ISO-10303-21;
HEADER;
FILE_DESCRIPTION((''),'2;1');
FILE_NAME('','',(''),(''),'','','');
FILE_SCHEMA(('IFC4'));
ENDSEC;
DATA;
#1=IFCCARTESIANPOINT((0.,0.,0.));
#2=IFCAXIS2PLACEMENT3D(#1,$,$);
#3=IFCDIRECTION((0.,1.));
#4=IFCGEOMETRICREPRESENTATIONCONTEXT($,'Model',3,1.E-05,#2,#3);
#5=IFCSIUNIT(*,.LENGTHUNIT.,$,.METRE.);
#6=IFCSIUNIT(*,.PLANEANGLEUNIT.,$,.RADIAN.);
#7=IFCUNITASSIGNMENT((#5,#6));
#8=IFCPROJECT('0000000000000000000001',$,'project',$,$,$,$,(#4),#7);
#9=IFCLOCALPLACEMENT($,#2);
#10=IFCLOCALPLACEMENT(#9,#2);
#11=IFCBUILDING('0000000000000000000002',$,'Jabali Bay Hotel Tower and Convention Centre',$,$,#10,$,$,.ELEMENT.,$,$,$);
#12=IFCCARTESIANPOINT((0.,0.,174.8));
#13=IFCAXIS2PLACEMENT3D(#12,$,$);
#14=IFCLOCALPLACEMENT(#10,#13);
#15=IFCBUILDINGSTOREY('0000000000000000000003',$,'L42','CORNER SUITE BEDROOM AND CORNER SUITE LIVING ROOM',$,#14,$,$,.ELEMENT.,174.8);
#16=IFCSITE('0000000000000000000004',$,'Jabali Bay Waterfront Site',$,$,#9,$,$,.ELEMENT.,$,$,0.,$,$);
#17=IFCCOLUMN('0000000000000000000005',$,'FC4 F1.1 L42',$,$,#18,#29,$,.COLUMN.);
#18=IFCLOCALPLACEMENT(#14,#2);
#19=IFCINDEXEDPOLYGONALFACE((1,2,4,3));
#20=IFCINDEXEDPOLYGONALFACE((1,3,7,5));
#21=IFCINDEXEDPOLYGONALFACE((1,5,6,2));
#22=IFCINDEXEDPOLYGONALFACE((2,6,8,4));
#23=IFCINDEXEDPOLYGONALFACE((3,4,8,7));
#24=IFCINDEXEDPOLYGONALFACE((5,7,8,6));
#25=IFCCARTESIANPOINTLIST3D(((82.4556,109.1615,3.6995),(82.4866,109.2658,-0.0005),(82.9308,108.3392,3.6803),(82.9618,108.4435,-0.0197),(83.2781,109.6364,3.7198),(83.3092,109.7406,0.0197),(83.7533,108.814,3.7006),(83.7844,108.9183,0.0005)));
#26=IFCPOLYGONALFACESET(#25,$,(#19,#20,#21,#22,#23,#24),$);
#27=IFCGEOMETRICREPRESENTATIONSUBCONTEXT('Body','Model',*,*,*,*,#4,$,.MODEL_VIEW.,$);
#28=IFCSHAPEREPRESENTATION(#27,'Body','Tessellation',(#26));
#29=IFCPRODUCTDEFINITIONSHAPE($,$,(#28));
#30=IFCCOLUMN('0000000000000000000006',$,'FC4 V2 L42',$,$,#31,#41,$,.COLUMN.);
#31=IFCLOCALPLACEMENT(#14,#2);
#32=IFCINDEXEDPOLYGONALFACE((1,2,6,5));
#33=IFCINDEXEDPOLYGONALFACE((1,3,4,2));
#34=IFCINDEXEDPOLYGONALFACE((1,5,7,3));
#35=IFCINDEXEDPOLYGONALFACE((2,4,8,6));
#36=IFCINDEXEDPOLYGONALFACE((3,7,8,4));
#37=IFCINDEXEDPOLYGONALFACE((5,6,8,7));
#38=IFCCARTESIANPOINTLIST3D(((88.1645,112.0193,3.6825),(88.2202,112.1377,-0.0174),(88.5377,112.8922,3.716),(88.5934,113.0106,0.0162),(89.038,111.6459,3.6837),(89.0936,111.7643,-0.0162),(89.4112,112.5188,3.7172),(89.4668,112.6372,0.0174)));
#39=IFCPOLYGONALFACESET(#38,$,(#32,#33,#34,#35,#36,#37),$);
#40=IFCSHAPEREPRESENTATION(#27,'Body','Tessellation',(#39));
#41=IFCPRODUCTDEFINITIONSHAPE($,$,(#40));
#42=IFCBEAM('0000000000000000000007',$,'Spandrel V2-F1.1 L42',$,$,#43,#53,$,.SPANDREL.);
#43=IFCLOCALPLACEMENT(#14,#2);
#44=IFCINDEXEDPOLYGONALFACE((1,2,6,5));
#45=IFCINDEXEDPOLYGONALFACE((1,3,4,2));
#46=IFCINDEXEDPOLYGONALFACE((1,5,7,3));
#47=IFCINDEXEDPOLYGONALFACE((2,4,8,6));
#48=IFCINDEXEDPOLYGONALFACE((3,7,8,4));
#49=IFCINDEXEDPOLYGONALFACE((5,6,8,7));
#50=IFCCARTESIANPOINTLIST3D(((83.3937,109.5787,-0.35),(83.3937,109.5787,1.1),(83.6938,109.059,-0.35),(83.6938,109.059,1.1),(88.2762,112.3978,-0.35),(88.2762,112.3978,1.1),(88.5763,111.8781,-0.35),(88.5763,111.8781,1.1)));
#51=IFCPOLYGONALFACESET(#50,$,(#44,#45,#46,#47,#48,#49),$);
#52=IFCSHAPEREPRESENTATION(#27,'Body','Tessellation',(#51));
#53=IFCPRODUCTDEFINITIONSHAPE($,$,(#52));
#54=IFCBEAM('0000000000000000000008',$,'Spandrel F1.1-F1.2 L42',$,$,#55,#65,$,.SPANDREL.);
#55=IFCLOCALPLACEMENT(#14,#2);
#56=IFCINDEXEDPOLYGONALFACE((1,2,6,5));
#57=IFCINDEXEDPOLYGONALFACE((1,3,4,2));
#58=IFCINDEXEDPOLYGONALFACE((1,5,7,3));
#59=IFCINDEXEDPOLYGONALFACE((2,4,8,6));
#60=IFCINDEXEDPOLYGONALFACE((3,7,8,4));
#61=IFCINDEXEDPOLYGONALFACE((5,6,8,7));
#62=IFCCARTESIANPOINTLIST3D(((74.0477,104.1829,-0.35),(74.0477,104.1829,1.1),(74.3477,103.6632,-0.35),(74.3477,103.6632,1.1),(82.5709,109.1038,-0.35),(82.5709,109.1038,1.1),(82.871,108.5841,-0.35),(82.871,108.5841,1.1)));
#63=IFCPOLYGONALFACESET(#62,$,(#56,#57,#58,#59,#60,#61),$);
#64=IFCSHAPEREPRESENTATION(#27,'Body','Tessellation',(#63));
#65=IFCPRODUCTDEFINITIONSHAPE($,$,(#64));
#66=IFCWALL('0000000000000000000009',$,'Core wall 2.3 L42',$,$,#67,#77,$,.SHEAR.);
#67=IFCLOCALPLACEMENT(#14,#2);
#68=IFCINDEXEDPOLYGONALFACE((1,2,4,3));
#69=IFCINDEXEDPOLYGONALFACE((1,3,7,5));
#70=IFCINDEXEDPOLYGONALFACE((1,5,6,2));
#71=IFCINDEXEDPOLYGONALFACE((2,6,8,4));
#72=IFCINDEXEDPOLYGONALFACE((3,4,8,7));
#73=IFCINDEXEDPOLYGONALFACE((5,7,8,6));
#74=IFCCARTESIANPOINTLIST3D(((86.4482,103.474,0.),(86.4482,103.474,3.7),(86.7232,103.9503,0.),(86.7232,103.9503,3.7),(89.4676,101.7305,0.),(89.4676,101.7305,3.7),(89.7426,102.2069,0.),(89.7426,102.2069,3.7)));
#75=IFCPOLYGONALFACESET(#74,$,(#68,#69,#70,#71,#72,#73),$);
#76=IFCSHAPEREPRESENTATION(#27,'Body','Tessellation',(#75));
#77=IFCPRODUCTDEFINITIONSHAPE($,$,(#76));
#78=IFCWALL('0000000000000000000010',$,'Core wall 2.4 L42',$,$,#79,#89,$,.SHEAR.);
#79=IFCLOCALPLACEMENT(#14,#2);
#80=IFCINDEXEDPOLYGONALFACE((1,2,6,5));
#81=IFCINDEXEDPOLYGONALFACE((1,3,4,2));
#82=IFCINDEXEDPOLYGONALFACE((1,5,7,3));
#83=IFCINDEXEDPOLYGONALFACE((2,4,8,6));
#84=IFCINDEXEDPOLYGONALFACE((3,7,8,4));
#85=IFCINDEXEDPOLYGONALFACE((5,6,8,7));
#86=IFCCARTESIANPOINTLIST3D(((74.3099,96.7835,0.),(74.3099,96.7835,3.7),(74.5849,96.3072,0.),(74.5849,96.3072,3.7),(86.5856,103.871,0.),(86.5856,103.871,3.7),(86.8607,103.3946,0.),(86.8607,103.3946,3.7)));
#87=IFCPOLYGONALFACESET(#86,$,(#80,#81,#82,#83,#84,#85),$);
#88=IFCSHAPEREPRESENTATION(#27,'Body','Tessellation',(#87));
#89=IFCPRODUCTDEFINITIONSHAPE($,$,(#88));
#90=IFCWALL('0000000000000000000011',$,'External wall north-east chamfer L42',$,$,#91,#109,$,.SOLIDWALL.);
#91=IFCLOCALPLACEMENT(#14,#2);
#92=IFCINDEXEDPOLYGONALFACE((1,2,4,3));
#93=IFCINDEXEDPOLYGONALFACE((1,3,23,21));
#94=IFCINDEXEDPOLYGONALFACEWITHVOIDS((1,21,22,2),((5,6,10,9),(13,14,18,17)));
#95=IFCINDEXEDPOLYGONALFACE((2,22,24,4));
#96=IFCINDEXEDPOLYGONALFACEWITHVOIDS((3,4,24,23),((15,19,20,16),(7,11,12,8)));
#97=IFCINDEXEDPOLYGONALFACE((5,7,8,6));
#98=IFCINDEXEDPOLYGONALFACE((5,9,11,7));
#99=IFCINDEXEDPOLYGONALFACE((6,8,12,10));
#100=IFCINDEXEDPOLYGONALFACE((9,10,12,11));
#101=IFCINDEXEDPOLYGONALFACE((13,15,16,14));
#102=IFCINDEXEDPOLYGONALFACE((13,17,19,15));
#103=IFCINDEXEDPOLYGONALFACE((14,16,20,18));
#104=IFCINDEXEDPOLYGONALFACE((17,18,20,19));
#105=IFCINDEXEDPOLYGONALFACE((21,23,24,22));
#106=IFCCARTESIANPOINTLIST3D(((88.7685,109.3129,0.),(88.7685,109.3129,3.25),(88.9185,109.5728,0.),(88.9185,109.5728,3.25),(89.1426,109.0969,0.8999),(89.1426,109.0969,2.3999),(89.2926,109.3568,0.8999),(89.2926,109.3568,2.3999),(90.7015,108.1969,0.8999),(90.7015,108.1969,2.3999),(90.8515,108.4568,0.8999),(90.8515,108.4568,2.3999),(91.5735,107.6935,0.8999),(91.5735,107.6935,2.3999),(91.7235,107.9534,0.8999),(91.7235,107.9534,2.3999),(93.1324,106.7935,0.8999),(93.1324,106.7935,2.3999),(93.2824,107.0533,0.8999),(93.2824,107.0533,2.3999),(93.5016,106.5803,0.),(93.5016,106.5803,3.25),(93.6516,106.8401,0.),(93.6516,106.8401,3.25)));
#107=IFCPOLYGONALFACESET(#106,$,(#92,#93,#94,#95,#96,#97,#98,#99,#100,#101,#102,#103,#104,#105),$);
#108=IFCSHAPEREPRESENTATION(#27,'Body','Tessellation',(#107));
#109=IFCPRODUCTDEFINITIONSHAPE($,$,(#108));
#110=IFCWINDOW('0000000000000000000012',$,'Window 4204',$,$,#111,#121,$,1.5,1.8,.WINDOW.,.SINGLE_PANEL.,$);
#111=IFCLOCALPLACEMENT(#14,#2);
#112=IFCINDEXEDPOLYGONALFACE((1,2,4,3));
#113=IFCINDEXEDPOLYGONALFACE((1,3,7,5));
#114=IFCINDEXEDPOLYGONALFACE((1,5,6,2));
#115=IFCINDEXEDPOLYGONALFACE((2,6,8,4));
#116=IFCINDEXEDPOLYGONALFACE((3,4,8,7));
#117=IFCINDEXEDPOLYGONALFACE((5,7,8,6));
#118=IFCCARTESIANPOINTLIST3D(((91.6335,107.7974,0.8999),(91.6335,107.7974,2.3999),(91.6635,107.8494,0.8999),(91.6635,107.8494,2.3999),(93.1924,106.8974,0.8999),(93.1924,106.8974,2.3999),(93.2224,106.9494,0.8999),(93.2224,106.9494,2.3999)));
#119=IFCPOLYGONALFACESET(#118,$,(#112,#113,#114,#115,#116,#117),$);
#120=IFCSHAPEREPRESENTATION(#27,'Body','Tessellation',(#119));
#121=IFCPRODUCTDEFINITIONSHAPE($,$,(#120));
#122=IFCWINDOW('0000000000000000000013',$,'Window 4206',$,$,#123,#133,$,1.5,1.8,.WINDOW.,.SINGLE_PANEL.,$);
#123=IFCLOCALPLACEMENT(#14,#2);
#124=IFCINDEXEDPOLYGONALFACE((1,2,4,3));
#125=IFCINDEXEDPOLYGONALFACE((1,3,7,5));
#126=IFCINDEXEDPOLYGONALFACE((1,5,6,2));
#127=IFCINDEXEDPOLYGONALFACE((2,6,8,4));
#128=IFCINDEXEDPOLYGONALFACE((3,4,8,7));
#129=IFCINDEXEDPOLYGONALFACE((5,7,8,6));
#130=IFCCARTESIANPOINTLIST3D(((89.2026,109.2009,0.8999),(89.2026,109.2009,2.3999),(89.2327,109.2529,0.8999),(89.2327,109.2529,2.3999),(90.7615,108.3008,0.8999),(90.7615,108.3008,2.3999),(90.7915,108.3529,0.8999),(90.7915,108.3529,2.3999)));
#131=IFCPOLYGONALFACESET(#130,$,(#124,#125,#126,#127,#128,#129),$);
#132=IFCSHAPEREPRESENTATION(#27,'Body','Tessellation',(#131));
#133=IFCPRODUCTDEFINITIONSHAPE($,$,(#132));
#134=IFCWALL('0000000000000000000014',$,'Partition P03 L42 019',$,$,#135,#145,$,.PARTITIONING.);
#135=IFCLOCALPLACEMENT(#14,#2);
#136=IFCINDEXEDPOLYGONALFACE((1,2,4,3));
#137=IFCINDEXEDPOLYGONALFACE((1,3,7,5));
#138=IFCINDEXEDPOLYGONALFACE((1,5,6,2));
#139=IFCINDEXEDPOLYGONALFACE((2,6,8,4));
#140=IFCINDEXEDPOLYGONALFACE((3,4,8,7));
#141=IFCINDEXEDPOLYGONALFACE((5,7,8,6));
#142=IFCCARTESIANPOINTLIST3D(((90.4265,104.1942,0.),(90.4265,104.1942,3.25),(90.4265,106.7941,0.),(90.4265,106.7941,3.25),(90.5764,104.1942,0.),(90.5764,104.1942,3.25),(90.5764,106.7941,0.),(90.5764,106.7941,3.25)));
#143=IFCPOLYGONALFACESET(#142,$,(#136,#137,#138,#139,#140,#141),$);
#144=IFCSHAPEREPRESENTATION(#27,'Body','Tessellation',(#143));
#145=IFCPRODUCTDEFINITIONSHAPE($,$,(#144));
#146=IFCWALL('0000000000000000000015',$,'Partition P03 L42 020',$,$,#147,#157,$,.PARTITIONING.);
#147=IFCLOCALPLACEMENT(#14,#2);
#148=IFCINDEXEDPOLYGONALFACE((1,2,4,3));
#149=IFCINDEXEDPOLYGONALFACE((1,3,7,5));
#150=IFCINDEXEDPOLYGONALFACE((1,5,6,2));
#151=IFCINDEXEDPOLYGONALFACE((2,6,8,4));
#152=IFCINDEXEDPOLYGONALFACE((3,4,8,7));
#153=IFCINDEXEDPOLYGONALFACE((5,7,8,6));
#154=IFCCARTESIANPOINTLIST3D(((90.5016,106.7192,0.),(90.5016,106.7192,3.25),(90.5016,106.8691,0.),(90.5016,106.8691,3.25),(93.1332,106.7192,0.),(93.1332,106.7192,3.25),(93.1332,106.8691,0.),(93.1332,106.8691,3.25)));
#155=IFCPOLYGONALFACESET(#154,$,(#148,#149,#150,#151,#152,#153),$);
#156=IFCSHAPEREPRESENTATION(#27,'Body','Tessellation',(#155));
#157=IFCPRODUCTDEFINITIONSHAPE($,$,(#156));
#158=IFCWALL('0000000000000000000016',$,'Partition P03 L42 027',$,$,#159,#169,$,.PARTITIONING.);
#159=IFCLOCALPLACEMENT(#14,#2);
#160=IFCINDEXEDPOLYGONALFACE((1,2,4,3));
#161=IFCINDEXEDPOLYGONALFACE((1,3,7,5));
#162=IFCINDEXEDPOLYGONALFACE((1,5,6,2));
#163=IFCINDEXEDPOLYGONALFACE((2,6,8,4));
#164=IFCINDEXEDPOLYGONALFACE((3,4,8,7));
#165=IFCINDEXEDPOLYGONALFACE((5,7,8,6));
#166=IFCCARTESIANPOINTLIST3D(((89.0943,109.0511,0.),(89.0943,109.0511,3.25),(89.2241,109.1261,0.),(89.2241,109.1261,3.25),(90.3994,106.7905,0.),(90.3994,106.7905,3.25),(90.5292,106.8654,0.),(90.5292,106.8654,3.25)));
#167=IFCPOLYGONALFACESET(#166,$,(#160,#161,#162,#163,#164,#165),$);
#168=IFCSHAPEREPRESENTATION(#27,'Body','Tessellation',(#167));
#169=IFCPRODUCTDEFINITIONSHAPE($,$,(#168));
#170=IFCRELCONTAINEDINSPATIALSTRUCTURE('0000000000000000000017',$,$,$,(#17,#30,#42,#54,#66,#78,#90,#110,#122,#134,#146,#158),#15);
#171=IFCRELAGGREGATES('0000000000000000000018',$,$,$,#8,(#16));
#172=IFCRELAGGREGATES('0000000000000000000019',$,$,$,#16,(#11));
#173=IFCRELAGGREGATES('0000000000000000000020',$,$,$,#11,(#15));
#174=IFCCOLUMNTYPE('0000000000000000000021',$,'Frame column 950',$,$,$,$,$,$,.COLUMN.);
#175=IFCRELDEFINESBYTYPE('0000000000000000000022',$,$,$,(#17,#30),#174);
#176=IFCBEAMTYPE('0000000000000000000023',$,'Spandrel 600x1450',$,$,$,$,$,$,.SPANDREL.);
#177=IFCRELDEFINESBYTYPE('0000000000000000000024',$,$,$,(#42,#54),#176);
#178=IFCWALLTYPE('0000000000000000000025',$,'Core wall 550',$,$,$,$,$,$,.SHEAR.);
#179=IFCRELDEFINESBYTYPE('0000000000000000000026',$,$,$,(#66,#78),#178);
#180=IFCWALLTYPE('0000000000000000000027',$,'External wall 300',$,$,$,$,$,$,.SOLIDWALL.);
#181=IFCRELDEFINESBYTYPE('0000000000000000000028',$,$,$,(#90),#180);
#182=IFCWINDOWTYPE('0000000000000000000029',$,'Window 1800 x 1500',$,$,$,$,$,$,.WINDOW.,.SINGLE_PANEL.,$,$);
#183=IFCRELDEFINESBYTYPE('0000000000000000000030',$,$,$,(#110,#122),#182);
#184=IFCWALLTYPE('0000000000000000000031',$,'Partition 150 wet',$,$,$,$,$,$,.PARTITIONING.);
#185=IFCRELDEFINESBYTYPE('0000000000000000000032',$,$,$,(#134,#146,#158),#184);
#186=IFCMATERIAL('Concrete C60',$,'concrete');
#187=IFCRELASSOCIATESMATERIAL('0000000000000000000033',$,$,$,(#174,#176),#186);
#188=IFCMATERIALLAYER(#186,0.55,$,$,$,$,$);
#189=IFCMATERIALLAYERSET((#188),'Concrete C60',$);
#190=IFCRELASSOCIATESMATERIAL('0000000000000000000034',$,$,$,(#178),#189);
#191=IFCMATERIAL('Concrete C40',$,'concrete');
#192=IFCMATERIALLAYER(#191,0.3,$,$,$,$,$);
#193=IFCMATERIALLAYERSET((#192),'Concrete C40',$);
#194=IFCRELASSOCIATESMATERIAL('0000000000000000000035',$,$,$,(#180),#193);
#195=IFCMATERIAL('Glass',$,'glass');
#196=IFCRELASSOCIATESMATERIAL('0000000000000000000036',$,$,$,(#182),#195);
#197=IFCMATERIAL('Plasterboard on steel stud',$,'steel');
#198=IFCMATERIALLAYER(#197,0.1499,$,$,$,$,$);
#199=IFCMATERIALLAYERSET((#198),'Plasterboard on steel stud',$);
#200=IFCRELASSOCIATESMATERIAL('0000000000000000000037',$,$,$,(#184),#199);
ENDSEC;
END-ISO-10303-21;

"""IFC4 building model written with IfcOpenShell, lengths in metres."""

from ifc_helpers import new_model, si_unit, direction, frame, frame_2d, origin, origin_2d, place, context, subcontext, project, spatial, rectangle, extrude, material, layer, layer_set, material_profile, profile_set, type_object, element, fill, save


model = new_model("IFC4")

# Units and contexts
model_context = context("Model", 3, precision=1e-05, world=origin(), true_north=direction((0.0, 1.0)))
body_context = subcontext(model_context, "Body", "Model", "MODEL_VIEW")
ifc_project = project(units=[si_unit("LENGTHUNIT", "METRE"), si_unit("PLANEANGLEUNIT", "RADIAN")], contexts=[model_context])

# Site, building, storey
site_placement = place(None, origin())
site = spatial("IfcSite", under=ifc_project, at=site_placement, Name="Jabali Bay Waterfront Site", CompositionType="ELEMENT", RefElevation=0.0)
building_placement = place(site_placement, origin())
building = spatial("IfcBuilding", under=site, at=building_placement, Name="Jabali Bay Hotel Tower and Convention Centre", CompositionType="ELEMENT")
storey_placement = place(building_placement, frame((0.0, 0.0, 174.8)))
storey = spatial("IfcBuildingStorey", under=building, at=storey_placement, Name="L42", Description="CORNER SUITE BEDROOM AND CORNER SUITE LIVING ROOM", CompositionType="ELEMENT", Elevation=174.8)

# Columns
ifc_material_1 = material(Name="Concrete C60", Category="concrete")
ifc_material_profile_1 = material_profile(ifc_material_1, rectangle(XDim=0.95, YDim=0.95, at=origin_2d()), Name="Frame column 950")
ifc_profile_set_1 = profile_set([ifc_material_profile_1], Name="Concrete C60")
column_type = type_object("IfcColumnType", Name="Frame column 950", PredefinedType="COLUMN", material=ifc_profile_set_1)
column_1_placement = place(storey_placement, frame((83.1355, 109.092, 0.0), z_axis=(-0.008376, -0.028163, 0.999568), x_axis=(0.865849, 0.49985, 0.021339)))
element("IfcColumn", 1, at=column_1_placement, inside=storey, type_object=column_type, Name="FC4 F1.1 L42", PredefinedType="COLUMN", context=body_context, shape_type="SweptSolid", body=[
    extrude(rectangle(XDim=0.95, YDim=0.95, at=origin_2d()), origin(), (0.0, 0.0, 1.0), 3.7017),
])
column_2_placement = place(storey_placement, frame((88.8435, 112.3875, 0.0), z_axis=(-0.015035, -0.031983, 0.999375), x_axis=(0.919484, -0.393125, 0.001252)))
element("IfcColumn", 2, at=column_2_placement, inside=storey, type_object=column_type, Name="FC4 V2 L42", PredefinedType="COLUMN", context=body_context, shape_type="SweptSolid", body=[
    extrude(rectangle(XDim=0.95, YDim=0.95, at=origin_2d()), origin(), (0.0, 0.0, 1.0), 3.7021),
])

# Beams
ifc_material_profile_2 = material_profile(ifc_material_1, rectangle(XDim=0.6001, YDim=1.45, at=origin_2d()), Name="Spandrel 600x1450")
ifc_profile_set_2 = profile_set([ifc_material_profile_2], Name="Concrete C60")
beam_type = type_object("IfcBeamType", Name="Spandrel 600x1450", PredefinedType="SPANDREL", material=ifc_profile_set_2)
beam_1_placement = place(storey_placement, frame((88.4263, 112.1379, 0.375), z_axis=(-0.866015, -0.500019, 0.0), x_axis=(0.500019, -0.866015, 0.0)))
element("IfcBeam", 3, at=beam_1_placement, inside=storey, type_object=beam_type, Name="Spandrel V2-F1.1 L42", PredefinedType="SPANDREL", context=body_context, shape_type="SweptSolid", body=[
    extrude(rectangle(XDim=0.6001, YDim=1.45, at=origin_2d()), origin(), (0.0, 0.0, 1.0), 5.6379),
])
beam_2_placement = place(storey_placement, frame((82.7209, 108.844, 0.375), z_axis=(-0.866024, -0.500002, 0.0), x_axis=(0.500002, -0.866024, 0.0)))
element("IfcBeam", 4, at=beam_2_placement, inside=storey, type_object=beam_type, Name="Spandrel F1.1-F1.2 L42", PredefinedType="SPANDREL", context=body_context, shape_type="SweptSolid", body=[
    extrude(rectangle(XDim=0.6001, YDim=1.45, at=origin_2d()), origin(), (0.0, 0.0, 1.0), 9.8418),
])

# Walls
ifc_layer_1 = layer(ifc_material_1, 0.55)
ifc_layer_set_1 = layer_set([ifc_layer_1], Name="Concrete C60")
wall_type_1 = type_object("IfcWallType", Name="Core wall 550", PredefinedType="SHEAR", material=ifc_layer_set_1)
wall_1_placement = place(storey_placement, frame((89.605, 101.9688, 0.0), z_axis=(0.0, 0.0, 1.0), x_axis=(-0.865998, 0.500048, 0.0)))
element("IfcWall", 5, at=wall_1_placement, inside=storey, type_object=wall_type_1, Name="Core wall 2.3 L42", PredefinedType="SHEAR", context=body_context, shape_type="SweptSolid", body=[
    extrude(rectangle(XDim=3.4866, YDim=0.55, at=frame_2d((1.7432, 0.0))), origin(), (0.0, 0.0, 1.0), 3.7),
])
wall_2_placement = place(storey_placement, frame((86.7231, 103.6328, 0.0), z_axis=(0.0, 0.0, 1.0), x_axis=(-0.866024, -0.500003, 0.0)))
element("IfcWall", 6, at=wall_2_placement, inside=storey, type_object=wall_type_1, Name="Core wall 2.4 L42", PredefinedType="SHEAR", context=body_context, shape_type="SweptSolid", body=[
    extrude(rectangle(XDim=14.1748, YDim=0.55, at=frame_2d((7.0874, 0.0))), origin(), (0.0, 0.0, 1.0), 3.7),
])

# Wall, openings, windows
ifc_material_2 = material(Name="Concrete C40", Category="concrete")
ifc_layer_2 = layer(ifc_material_2, 0.3)
ifc_layer_set_2 = layer_set([ifc_layer_2], Name="Concrete C40")
wall_type_2 = type_object("IfcWallType", Name="External wall 300", PredefinedType="SOLIDWALL", material=ifc_layer_set_2)
wall_3_placement = place(storey_placement, frame((88.8435, 109.4429, 0.0), z_axis=(0.0, 0.0, 1.0), x_axis=(0.866027, -0.499997, 0.0)))
wall_3 = element("IfcWall", 7, at=wall_3_placement, inside=storey, type_object=wall_type_2, Name="External wall north-east chamfer L42", PredefinedType="SOLIDWALL", context=body_context, shape_type="SweptSolid", body=[
    extrude(rectangle(XDim=5.4653, YDim=0.3, at=frame_2d((2.7327, 0.0))), origin(), (0.0, 0.0, 1.0), 3.25),
])
opening_1_placement = place(wall_3_placement, frame((3.239, 0.0, 0.8999)))
opening_1 = element("IfcOpeningElement", 8, at=opening_1_placement, cuts=wall_3, PredefinedType="OPENING", context=body_context, shape_type="SweptSolid", body=[
    extrude(rectangle(XDim=1.8, YDim=1.5, at=frame_2d((0.8999, 0.75))), frame((0.0, 0.1606, 0.0), z_axis=(0.0, -1.0, 0.0), x_axis=(1.0, 0.0, 0.0)), (0.0, 0.0, 1.0), 0.321),
])
opening_2_placement = place(wall_3_placement, frame((0.4321, 0.0, 0.8999)))
opening_2 = element("IfcOpeningElement", 9, at=opening_2_placement, cuts=wall_3, PredefinedType="OPENING", context=body_context, shape_type="SweptSolid", body=[
    extrude(rectangle(XDim=1.8, YDim=1.5, at=frame_2d((0.8999, 0.75))), frame((0.0, 0.1606, 0.0), z_axis=(0.0, -1.0, 0.0), x_axis=(1.0, 0.0, 0.0)), (0.0, 0.0, 1.0), 0.321),
])
ifc_material_3 = material(Name="Glass", Category="glass")
window_type = type_object("IfcWindowType", Name="Window 1800 x 1500", PartitioningType="SINGLE_PANEL", PredefinedType="WINDOW", material=ifc_material_3)
window_1_placement = place(opening_1_placement, origin())
window_1 = element("IfcWindow", 10, at=window_1_placement, inside=storey, type_object=window_type, Name="Window 4204", OverallHeight=1.5, OverallWidth=1.8, PartitioningType="SINGLE_PANEL", PredefinedType="WINDOW", context=body_context, shape_type="SweptSolid", body=[
    extrude(rectangle(XDim=1.8, YDim=1.5, at=frame_2d((0.8999, 0.75))), frame((0.0, 0.03, 0.0), z_axis=(0.0, -1.0, 0.0), x_axis=(1.0, 0.0, 0.0)), (0.0, 0.0, 1.0), 0.0601),
])
fill(opening_1, window_1)
window_2_placement = place(opening_2_placement, origin())
window_2 = element("IfcWindow", 11, at=window_2_placement, inside=storey, type_object=window_type, Name="Window 4206", OverallHeight=1.5, OverallWidth=1.8, PartitioningType="SINGLE_PANEL", PredefinedType="WINDOW", context=body_context, shape_type="SweptSolid", body=[
    extrude(rectangle(XDim=1.8, YDim=1.5, at=frame_2d((0.8999, 0.75))), frame((0.0, 0.03, 0.0), z_axis=(0.0, -1.0, 0.0), x_axis=(1.0, 0.0, 0.0)), (0.0, 0.0, 1.0), 0.0601),
])
fill(opening_2, window_2)

# Walls
ifc_material_4 = material(Name="Plasterboard on steel stud", Category="steel")
ifc_layer_3 = layer(ifc_material_4, 0.1499)
ifc_layer_set_3 = layer_set([ifc_layer_3], Name="Plasterboard on steel stud")
wall_type_3 = type_object("IfcWallType", Name="Partition 150 wet", PredefinedType="PARTITIONING", material=ifc_layer_set_3)
wall_4_placement = place(storey_placement, frame((90.5015, 104.1943, 0.0), z_axis=(0.0, 0.0, 1.0), x_axis=(0.0, 1.0, 0.0)))
element("IfcWall", 12, at=wall_4_placement, inside=storey, type_object=wall_type_3, Name="Partition P03 L42 019", PredefinedType="PARTITIONING", context=body_context, shape_type="SweptSolid", body=[
    extrude(rectangle(XDim=2.5999, YDim=0.1499, at=frame_2d((1.2998, 0.0))), origin(), (0.0, 0.0, 1.0), 3.25),
])
wall_5_placement = place(storey_placement, frame((90.5015, 106.7942, 0.0), z_axis=(0.0, 0.0, 1.0), x_axis=(1.0, 0.0, 0.0)))
element("IfcWall", 13, at=wall_5_placement, inside=storey, type_object=wall_type_3, Name="Partition P03 L42 020", PredefinedType="PARTITIONING", context=body_context, shape_type="SweptSolid", body=[
    extrude(rectangle(XDim=2.6316, YDim=0.1499, at=frame_2d((1.3159, 0.0))), origin(), (0.0, 0.0, 1.0), 3.25),
])
wall_6_placement = place(storey_placement, frame((89.1592, 109.0886, 0.0), z_axis=(0.0, 0.0, 1.0), x_axis=(0.499982, -0.866036, 0.0)))
element("IfcWall", 14, at=wall_6_placement, inside=storey, type_object=wall_type_3, Name="Partition P03 L42 027", PredefinedType="PARTITIONING", context=body_context, shape_type="SweptSolid", body=[
    extrude(rectangle(XDim=2.6104, YDim=0.1499, at=frame_2d((1.3052, 0.0))), origin(), (0.0, 0.0, 1.0), 3.25),
])

save(model, "model.ifc")
